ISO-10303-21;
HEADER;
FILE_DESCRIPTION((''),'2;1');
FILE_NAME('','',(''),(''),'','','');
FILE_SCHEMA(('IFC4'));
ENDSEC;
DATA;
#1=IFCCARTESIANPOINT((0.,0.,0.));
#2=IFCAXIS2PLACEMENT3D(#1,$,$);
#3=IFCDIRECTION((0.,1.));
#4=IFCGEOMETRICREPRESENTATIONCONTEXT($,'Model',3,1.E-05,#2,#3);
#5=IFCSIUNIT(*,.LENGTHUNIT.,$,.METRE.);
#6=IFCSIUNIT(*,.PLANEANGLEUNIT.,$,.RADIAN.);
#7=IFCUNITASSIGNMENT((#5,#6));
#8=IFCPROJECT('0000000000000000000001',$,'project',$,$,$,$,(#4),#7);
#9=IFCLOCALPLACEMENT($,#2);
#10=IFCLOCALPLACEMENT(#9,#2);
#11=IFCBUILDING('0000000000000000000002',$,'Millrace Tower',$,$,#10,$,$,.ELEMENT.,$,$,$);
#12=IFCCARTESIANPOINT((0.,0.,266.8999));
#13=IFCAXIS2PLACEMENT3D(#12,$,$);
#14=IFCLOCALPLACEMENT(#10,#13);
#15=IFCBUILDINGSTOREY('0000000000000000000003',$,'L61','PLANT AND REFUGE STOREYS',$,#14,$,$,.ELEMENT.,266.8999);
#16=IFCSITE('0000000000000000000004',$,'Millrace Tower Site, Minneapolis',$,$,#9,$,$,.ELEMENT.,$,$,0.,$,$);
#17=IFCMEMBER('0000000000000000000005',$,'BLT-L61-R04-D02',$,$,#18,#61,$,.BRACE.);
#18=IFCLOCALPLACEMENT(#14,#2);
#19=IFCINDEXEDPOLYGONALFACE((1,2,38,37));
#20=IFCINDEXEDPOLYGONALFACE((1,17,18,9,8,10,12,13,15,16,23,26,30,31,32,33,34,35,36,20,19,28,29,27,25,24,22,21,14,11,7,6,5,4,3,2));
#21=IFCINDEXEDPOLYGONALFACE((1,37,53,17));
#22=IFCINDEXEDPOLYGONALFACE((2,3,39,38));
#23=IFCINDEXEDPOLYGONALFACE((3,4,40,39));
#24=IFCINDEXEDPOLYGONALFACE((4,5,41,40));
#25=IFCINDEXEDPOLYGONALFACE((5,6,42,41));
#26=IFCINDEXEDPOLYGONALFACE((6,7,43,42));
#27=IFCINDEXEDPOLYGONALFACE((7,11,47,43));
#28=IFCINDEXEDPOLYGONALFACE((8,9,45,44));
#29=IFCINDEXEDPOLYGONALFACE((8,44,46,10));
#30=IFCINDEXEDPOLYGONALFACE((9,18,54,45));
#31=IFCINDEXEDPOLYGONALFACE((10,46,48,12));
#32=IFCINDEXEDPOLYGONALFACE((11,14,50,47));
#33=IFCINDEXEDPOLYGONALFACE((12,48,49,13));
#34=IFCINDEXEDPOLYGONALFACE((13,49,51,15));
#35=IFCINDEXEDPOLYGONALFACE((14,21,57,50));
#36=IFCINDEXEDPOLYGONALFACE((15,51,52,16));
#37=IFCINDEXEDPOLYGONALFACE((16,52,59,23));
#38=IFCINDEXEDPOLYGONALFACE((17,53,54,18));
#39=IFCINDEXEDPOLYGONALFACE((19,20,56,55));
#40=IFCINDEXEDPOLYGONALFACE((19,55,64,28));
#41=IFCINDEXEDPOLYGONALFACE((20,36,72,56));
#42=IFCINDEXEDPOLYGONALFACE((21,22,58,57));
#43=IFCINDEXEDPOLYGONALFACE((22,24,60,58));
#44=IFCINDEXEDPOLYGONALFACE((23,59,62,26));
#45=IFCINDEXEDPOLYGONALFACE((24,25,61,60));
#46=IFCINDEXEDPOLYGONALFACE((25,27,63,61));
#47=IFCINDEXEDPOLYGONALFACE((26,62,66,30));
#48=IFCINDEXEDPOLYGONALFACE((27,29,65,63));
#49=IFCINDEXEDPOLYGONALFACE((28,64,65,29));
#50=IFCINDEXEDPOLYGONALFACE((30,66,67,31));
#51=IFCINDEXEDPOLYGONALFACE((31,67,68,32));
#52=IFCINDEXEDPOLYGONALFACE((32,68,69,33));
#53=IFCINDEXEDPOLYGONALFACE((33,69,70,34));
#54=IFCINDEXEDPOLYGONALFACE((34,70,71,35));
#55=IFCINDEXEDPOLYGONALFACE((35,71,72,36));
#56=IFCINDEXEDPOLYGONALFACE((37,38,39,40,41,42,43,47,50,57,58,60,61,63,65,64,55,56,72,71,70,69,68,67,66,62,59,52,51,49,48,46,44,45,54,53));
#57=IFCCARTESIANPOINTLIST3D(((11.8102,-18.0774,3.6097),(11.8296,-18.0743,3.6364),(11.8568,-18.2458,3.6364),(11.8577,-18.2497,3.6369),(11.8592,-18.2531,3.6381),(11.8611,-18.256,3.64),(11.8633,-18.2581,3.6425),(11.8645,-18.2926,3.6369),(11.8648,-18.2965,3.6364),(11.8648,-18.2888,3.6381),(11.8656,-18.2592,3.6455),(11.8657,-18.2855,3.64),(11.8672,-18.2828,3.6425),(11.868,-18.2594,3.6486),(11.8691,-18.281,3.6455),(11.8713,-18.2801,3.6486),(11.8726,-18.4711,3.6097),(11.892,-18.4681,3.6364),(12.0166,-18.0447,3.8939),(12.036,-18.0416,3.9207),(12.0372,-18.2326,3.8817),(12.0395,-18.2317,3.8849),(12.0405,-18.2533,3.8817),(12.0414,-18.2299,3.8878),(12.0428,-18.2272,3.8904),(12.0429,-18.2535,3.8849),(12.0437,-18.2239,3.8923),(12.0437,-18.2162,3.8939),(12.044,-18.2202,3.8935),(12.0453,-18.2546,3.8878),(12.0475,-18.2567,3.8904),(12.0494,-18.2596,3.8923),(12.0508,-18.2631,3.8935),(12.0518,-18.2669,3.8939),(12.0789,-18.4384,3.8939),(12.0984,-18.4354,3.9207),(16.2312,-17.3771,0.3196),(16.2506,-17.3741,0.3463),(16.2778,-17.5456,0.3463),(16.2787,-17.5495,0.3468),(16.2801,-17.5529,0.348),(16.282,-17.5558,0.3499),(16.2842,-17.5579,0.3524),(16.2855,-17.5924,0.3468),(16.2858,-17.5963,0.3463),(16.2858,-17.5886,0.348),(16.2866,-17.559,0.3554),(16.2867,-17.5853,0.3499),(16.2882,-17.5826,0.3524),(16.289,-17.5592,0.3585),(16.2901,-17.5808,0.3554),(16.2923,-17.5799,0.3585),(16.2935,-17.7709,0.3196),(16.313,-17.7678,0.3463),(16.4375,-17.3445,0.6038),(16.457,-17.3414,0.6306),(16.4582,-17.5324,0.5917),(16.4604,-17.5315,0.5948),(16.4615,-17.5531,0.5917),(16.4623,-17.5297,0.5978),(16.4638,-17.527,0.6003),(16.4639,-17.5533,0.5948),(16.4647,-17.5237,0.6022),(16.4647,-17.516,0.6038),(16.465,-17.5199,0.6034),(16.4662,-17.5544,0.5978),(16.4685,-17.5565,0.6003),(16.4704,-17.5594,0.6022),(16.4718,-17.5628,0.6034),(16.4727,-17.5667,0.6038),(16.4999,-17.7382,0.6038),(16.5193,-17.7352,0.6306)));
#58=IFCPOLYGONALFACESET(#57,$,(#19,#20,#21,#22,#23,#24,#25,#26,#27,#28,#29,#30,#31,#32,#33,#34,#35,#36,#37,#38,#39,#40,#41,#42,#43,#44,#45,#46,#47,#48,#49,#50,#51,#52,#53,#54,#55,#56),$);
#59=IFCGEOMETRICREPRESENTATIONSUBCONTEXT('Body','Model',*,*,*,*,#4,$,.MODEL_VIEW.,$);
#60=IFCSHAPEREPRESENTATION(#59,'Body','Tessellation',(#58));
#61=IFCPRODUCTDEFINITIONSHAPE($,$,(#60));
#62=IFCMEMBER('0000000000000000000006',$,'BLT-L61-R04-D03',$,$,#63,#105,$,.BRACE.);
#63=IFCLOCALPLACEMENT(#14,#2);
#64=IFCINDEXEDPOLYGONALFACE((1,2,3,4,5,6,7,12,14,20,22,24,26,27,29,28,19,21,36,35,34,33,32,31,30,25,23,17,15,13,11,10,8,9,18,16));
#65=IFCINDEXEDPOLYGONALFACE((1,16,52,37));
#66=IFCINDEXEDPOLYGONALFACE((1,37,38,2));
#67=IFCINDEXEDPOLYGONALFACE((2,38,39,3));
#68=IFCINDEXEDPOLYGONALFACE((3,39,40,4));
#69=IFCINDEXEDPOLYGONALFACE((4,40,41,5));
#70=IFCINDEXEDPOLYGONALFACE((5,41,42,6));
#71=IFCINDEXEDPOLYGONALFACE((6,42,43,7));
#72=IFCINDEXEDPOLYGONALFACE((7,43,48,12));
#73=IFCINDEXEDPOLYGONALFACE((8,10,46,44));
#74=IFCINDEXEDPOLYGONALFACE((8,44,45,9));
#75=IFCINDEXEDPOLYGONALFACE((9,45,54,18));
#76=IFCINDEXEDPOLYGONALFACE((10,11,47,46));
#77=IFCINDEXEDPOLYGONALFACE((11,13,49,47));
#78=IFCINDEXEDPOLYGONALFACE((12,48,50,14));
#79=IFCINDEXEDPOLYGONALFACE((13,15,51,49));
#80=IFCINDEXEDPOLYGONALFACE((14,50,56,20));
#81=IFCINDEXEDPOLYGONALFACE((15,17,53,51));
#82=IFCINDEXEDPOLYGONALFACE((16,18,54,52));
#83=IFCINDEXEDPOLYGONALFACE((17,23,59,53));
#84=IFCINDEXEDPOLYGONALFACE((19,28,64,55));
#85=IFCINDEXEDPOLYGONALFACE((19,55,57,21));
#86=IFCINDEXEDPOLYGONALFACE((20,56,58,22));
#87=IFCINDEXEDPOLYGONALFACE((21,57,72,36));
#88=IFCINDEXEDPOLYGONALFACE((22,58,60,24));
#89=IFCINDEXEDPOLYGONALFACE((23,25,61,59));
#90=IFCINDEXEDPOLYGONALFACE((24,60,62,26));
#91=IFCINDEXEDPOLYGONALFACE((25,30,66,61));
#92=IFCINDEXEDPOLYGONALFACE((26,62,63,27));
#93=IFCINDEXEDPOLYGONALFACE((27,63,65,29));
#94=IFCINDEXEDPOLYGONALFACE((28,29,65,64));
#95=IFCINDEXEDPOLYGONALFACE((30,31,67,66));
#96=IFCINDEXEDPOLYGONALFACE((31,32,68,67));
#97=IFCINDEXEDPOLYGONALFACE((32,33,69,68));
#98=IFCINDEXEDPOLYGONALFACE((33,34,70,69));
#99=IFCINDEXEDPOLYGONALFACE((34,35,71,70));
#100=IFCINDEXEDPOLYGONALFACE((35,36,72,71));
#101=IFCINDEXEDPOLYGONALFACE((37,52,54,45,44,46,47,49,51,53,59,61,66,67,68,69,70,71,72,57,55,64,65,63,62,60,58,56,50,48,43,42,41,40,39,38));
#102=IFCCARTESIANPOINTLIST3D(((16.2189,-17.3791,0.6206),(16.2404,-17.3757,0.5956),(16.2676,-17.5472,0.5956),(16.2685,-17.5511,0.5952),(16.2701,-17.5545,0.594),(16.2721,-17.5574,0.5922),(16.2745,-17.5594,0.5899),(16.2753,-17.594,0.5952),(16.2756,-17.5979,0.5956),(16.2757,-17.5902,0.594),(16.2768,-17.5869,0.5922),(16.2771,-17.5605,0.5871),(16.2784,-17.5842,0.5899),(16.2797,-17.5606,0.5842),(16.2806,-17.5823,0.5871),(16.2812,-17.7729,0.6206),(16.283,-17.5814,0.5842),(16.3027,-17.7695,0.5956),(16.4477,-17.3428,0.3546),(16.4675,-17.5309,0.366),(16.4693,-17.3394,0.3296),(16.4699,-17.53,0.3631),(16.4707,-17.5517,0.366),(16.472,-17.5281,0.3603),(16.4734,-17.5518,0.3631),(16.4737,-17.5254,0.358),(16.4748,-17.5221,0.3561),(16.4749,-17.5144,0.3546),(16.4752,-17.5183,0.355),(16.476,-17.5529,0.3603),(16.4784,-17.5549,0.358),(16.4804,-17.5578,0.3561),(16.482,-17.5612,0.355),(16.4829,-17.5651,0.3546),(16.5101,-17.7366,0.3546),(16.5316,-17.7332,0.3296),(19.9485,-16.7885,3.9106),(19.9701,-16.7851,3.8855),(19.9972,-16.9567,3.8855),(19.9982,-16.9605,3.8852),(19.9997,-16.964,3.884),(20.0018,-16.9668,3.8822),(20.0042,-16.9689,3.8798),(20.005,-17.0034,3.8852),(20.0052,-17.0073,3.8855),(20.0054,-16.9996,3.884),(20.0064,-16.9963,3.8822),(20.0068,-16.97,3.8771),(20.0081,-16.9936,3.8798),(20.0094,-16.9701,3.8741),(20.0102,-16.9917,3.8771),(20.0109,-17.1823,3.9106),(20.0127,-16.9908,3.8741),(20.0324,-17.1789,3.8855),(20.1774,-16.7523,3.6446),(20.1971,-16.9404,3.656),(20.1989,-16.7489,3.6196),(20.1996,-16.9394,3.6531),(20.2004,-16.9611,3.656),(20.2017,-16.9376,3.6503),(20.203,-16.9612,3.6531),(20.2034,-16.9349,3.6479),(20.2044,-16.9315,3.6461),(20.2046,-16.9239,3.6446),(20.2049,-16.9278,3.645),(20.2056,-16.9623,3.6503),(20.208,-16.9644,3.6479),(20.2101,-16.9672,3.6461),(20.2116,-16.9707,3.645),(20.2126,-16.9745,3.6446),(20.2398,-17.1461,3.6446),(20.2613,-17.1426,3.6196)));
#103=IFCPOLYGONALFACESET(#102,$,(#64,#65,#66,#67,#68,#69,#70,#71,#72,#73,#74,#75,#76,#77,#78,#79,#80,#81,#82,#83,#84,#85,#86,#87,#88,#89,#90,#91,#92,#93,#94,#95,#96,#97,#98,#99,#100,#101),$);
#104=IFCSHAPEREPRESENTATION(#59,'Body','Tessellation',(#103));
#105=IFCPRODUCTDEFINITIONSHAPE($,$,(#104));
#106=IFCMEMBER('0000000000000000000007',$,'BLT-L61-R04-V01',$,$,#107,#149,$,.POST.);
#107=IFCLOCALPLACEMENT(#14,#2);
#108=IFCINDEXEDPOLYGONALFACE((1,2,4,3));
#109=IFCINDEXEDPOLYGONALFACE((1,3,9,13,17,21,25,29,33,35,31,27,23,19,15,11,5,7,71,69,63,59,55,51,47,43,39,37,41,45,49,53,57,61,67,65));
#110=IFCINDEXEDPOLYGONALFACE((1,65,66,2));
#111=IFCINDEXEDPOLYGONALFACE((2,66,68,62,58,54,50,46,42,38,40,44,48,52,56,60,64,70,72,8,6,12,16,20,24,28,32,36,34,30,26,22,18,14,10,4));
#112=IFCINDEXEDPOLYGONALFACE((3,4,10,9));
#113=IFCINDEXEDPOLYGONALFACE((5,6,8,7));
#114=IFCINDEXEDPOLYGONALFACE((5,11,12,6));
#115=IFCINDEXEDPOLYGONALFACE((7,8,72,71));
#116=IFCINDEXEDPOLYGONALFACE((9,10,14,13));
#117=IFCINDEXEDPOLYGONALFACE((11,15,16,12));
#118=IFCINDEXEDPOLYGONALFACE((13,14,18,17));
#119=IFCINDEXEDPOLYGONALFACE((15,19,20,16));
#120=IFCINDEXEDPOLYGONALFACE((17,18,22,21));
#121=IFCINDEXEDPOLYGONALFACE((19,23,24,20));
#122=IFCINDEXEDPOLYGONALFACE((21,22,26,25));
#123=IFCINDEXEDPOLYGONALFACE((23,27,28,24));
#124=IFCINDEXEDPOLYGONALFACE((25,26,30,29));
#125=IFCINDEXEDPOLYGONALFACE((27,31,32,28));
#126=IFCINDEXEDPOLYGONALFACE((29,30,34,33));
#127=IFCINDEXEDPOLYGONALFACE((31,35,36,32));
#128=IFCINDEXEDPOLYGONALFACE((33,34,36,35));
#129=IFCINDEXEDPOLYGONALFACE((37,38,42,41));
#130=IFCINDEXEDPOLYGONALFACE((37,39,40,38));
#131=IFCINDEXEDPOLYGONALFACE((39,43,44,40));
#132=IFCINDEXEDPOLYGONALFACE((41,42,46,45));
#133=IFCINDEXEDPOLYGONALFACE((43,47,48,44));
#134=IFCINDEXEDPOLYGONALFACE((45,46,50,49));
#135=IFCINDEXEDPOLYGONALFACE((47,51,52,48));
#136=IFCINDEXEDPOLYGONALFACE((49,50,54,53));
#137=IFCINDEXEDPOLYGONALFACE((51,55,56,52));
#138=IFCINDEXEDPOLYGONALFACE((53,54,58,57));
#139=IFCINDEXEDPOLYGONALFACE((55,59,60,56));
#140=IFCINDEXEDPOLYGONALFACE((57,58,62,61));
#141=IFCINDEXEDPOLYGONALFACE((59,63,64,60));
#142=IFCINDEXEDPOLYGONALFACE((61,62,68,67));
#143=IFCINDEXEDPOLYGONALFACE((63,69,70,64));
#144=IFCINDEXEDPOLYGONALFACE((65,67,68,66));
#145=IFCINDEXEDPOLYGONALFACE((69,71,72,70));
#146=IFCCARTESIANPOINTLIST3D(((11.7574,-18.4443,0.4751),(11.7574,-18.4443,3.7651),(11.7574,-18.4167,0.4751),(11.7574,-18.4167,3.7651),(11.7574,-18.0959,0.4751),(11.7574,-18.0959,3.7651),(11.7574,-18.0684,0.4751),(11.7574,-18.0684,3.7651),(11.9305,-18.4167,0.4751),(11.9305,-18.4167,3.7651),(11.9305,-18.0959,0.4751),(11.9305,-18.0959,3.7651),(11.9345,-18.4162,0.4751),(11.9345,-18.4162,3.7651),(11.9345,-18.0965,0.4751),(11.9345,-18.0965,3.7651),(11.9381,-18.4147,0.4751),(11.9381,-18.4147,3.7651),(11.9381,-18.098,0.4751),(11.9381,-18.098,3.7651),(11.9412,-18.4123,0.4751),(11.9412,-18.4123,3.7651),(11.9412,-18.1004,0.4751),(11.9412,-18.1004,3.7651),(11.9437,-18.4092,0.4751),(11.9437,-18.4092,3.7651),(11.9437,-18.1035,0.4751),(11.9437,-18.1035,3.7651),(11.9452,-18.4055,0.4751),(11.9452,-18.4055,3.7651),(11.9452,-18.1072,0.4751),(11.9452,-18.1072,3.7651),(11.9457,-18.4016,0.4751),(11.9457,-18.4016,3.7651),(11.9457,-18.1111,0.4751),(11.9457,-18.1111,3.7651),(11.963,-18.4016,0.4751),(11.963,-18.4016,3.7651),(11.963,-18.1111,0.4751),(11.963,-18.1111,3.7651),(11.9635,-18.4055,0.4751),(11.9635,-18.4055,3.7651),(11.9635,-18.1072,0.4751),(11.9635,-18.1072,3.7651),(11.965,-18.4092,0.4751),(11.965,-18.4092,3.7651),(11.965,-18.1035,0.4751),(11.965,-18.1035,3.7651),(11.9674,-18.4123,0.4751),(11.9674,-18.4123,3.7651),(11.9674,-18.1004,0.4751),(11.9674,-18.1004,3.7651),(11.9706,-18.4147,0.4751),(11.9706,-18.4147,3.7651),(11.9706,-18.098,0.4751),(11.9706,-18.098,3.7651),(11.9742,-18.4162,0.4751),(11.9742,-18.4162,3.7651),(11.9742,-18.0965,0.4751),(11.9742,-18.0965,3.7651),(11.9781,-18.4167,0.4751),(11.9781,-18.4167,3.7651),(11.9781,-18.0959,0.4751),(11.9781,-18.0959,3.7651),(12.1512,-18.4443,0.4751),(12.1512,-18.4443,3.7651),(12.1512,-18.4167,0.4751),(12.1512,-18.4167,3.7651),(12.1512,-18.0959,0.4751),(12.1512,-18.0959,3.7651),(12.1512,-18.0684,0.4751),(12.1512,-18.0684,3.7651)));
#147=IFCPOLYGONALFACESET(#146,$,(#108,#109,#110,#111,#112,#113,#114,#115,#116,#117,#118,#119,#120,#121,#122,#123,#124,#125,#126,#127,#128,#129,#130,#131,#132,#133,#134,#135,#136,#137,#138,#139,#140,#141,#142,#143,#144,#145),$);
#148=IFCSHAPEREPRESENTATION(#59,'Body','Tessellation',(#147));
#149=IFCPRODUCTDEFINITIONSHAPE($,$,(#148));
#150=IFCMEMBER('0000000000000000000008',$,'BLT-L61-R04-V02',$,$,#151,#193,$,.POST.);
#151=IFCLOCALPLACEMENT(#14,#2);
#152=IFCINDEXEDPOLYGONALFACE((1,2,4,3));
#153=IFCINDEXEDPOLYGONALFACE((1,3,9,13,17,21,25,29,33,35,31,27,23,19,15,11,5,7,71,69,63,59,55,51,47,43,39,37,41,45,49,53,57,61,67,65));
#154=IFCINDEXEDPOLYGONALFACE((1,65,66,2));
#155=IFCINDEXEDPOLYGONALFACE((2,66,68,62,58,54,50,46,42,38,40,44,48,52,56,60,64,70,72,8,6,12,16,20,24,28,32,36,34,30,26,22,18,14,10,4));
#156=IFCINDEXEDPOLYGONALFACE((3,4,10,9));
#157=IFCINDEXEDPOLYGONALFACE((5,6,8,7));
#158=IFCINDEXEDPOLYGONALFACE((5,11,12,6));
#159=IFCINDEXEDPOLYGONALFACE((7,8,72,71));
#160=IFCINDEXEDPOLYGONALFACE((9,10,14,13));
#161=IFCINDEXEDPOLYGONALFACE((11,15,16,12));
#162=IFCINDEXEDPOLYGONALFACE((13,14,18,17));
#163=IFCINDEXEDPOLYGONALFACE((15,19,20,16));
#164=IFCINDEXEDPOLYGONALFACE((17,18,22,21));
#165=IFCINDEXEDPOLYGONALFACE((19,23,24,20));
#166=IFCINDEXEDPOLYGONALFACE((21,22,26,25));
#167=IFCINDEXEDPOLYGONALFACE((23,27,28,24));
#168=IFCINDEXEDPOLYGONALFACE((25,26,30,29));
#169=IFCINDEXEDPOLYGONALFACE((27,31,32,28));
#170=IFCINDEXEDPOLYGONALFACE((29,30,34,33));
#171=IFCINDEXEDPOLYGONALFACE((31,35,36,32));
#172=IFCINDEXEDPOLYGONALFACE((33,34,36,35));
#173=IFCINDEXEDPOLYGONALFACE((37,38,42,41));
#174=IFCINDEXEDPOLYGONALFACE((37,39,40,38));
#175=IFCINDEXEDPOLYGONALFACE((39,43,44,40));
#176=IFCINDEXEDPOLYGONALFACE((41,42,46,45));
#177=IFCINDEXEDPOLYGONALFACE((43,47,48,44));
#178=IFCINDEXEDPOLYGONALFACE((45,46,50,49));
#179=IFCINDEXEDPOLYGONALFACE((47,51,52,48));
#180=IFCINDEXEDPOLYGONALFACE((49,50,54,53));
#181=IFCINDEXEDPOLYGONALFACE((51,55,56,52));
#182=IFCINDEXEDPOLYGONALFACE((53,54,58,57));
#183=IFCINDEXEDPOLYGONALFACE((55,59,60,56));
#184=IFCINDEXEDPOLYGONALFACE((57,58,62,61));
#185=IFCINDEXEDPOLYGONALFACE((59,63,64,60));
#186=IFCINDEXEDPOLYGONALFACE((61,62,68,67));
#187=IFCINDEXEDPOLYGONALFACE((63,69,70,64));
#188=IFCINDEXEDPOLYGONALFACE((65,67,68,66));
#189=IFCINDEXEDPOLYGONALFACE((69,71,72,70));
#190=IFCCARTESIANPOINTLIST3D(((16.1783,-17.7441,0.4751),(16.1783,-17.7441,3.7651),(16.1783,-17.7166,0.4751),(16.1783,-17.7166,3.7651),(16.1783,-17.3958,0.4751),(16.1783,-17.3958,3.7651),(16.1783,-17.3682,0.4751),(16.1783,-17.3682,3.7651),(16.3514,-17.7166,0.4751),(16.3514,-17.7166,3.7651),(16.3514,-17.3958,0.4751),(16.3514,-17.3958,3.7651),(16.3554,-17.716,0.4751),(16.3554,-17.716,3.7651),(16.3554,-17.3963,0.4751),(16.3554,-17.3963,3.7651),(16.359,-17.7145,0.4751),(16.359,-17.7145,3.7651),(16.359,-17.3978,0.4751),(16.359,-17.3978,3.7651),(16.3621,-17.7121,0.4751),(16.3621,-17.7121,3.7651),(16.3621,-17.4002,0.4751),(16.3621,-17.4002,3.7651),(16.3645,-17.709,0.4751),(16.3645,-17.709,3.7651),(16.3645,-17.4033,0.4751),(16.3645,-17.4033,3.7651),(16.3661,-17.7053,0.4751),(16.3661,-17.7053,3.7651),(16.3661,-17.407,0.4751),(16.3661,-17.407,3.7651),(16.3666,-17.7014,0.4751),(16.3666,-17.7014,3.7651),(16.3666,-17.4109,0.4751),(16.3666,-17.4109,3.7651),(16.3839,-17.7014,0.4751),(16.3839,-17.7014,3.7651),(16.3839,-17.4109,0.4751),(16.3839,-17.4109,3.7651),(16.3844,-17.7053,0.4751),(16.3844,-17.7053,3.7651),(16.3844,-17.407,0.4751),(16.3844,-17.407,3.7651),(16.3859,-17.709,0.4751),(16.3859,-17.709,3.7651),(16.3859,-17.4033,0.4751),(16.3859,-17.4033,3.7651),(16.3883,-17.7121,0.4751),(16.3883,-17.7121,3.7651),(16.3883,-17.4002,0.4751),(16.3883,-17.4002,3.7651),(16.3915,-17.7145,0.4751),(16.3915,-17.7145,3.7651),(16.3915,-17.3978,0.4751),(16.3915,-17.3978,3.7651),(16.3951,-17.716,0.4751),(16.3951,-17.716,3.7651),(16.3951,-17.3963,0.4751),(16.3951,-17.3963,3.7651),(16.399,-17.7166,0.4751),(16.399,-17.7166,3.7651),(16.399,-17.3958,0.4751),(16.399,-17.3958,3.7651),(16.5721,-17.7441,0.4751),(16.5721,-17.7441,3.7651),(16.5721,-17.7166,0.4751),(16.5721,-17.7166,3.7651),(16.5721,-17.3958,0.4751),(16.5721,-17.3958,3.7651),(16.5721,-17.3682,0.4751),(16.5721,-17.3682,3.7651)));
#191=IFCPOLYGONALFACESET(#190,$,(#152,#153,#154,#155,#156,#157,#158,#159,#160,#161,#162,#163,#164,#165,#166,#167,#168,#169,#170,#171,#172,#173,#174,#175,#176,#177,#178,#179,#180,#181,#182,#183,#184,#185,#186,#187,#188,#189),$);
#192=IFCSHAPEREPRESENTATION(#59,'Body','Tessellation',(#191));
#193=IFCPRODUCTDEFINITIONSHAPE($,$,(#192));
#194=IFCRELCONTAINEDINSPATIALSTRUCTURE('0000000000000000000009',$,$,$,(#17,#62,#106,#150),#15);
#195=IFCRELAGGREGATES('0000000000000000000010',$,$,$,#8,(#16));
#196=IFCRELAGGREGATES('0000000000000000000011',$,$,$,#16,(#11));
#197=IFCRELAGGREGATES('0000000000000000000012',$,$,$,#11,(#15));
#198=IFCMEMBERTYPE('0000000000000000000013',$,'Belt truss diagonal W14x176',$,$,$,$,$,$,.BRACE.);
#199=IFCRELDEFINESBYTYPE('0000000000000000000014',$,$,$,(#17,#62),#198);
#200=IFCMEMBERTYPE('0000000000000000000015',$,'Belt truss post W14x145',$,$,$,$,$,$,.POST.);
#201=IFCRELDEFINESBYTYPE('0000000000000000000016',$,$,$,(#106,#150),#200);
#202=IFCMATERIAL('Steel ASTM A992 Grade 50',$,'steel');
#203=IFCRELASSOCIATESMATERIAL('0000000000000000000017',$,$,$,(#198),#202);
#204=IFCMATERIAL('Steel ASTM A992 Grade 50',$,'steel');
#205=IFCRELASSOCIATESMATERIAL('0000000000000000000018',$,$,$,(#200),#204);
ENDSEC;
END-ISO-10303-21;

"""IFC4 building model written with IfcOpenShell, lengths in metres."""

from ifc_helpers import new_model, si_unit, direction, frame, origin, origin_2d, place, context, subcontext, project, spatial, i_section, extrude, material, material_profile, profile_set, type_object, element, save


model = new_model("IFC4")

# Units and contexts
model_context = context("Model", 3, precision=1e-05, world=origin(), true_north=direction((0.0, 1.0)))
body_context = subcontext(model_context, "Body", "Model", "MODEL_VIEW")
ifc_project = project(units=[si_unit("LENGTHUNIT", "METRE"), si_unit("PLANEANGLEUNIT", "RADIAN")], contexts=[model_context])

# Site, building, storey
site_placement = place(None, origin())
site = spatial("IfcSite", under=ifc_project, at=site_placement, Name="Millrace Tower Site, Minneapolis", CompositionType="ELEMENT", RefElevation=0.0)
building_placement = place(site_placement, origin())
building = spatial("IfcBuilding", under=site, at=building_placement, Name="Millrace Tower", CompositionType="ELEMENT")
storey_placement = place(building_placement, frame((0.0, 0.0, 266.8999)))
storey = spatial("IfcBuildingStorey", under=building, at=storey_placement, Name="L61", Description="PLANT AND REFUGE STOREYS", CompositionType="ELEMENT", Elevation=266.8999)

# Members
ifc_material_1 = material(Name="Steel ASTM A992 Grade 50", Category="steel")
ifc_material_profile_1 = material_profile(ifc_material_1, i_section(OverallWidth=0.3987, OverallDepth=0.386, WebThickness=0.021, FlangeThickness=0.0332, FilletRadius=0.0151, at=origin_2d()))
ifc_profile_set_1 = profile_set([ifc_material_profile_1], Name="Steel ASTM A992 Grade 50")
member_type_1 = type_object("IfcMemberType", Name="Belt truss diagonal W14x176", PredefinedType="BRACE", material=ifc_profile_set_1)
member_1_placement = place(storey_placement, frame((16.3752, -17.5562, 0.4751), z_axis=(-0.795829, -0.126046, 0.592257), x_axis=(0.156433, -0.987689, 0.0)))
element("IfcMember", 1, at=member_1_placement, inside=storey, type_object=member_type_1, Name="BLT-L61-R04-D02", PredefinedType="BRACE", context=body_context, shape_type="SweptSolid", body=[
    extrude(i_section(OverallWidth=0.3987, OverallDepth=0.386, WebThickness=0.021, FlangeThickness=0.0332, FilletRadius=0.0151, at=origin_2d()), origin(), (0.0, 0.0, 1.0), 5.5552),
])
member_2_placement = place(storey_placement, frame((16.3752, -17.5562, 0.4751), z_axis=(0.744696, 0.117917, 0.656904), x_axis=(-0.156394, 0.987695, 0.0)))
element("IfcMember", 2, at=member_2_placement, inside=storey, type_object=member_type_1, Name="BLT-L61-R04-D03", PredefinedType="BRACE", context=body_context, shape_type="SweptSolid", body=[
    extrude(i_section(OverallWidth=0.3987, OverallDepth=0.386, WebThickness=0.021, FlangeThickness=0.0332, FilletRadius=0.0151, at=origin_2d()), origin(), (0.0, 0.0, 1.0), 5.0083),
])
ifc_material_2 = material(Name="Steel ASTM A992 Grade 50", Category="steel")
ifc_material_profile_2 = material_profile(ifc_material_2, i_section(OverallWidth=0.3938, OverallDepth=0.376, WebThickness=0.0173, FlangeThickness=0.0276, FilletRadius=0.0151, at=origin_2d()))
ifc_profile_set_2 = profile_set([ifc_material_profile_2], Name="Steel ASTM A992 Grade 50")
member_type_2 = type_object("IfcMemberType", Name="Belt truss post W14x145", PredefinedType="POST", material=ifc_profile_set_2)
for number, where, z_axis, x_axis, name in (
    (3, (11.9543, -18.2563, 0.4751), (0.0, 0.0, 1.0), (1.0, 0.0, 0.0), "BLT-L61-R04-V01"),
    (4, (16.3752, -17.5562, 0.4751), (0.0, 0.0, 1.0), (1.0, 0.0, 0.0), "BLT-L61-R04-V02"),
):
    element("IfcMember", number, at=place(storey_placement, frame(where, z_axis=z_axis, x_axis=x_axis)), inside=storey, type_object=member_type_2, Name=name, PredefinedType="POST", context=body_context, shape_type="SweptSolid", body=[
        extrude(i_section(OverallWidth=0.3938, OverallDepth=0.376, WebThickness=0.0173, FlangeThickness=0.0276, FilletRadius=0.0151, at=origin_2d()), origin(), (0.0, 0.0, 1.0), 3.29),
    ])

save(model, "model.ifc")
